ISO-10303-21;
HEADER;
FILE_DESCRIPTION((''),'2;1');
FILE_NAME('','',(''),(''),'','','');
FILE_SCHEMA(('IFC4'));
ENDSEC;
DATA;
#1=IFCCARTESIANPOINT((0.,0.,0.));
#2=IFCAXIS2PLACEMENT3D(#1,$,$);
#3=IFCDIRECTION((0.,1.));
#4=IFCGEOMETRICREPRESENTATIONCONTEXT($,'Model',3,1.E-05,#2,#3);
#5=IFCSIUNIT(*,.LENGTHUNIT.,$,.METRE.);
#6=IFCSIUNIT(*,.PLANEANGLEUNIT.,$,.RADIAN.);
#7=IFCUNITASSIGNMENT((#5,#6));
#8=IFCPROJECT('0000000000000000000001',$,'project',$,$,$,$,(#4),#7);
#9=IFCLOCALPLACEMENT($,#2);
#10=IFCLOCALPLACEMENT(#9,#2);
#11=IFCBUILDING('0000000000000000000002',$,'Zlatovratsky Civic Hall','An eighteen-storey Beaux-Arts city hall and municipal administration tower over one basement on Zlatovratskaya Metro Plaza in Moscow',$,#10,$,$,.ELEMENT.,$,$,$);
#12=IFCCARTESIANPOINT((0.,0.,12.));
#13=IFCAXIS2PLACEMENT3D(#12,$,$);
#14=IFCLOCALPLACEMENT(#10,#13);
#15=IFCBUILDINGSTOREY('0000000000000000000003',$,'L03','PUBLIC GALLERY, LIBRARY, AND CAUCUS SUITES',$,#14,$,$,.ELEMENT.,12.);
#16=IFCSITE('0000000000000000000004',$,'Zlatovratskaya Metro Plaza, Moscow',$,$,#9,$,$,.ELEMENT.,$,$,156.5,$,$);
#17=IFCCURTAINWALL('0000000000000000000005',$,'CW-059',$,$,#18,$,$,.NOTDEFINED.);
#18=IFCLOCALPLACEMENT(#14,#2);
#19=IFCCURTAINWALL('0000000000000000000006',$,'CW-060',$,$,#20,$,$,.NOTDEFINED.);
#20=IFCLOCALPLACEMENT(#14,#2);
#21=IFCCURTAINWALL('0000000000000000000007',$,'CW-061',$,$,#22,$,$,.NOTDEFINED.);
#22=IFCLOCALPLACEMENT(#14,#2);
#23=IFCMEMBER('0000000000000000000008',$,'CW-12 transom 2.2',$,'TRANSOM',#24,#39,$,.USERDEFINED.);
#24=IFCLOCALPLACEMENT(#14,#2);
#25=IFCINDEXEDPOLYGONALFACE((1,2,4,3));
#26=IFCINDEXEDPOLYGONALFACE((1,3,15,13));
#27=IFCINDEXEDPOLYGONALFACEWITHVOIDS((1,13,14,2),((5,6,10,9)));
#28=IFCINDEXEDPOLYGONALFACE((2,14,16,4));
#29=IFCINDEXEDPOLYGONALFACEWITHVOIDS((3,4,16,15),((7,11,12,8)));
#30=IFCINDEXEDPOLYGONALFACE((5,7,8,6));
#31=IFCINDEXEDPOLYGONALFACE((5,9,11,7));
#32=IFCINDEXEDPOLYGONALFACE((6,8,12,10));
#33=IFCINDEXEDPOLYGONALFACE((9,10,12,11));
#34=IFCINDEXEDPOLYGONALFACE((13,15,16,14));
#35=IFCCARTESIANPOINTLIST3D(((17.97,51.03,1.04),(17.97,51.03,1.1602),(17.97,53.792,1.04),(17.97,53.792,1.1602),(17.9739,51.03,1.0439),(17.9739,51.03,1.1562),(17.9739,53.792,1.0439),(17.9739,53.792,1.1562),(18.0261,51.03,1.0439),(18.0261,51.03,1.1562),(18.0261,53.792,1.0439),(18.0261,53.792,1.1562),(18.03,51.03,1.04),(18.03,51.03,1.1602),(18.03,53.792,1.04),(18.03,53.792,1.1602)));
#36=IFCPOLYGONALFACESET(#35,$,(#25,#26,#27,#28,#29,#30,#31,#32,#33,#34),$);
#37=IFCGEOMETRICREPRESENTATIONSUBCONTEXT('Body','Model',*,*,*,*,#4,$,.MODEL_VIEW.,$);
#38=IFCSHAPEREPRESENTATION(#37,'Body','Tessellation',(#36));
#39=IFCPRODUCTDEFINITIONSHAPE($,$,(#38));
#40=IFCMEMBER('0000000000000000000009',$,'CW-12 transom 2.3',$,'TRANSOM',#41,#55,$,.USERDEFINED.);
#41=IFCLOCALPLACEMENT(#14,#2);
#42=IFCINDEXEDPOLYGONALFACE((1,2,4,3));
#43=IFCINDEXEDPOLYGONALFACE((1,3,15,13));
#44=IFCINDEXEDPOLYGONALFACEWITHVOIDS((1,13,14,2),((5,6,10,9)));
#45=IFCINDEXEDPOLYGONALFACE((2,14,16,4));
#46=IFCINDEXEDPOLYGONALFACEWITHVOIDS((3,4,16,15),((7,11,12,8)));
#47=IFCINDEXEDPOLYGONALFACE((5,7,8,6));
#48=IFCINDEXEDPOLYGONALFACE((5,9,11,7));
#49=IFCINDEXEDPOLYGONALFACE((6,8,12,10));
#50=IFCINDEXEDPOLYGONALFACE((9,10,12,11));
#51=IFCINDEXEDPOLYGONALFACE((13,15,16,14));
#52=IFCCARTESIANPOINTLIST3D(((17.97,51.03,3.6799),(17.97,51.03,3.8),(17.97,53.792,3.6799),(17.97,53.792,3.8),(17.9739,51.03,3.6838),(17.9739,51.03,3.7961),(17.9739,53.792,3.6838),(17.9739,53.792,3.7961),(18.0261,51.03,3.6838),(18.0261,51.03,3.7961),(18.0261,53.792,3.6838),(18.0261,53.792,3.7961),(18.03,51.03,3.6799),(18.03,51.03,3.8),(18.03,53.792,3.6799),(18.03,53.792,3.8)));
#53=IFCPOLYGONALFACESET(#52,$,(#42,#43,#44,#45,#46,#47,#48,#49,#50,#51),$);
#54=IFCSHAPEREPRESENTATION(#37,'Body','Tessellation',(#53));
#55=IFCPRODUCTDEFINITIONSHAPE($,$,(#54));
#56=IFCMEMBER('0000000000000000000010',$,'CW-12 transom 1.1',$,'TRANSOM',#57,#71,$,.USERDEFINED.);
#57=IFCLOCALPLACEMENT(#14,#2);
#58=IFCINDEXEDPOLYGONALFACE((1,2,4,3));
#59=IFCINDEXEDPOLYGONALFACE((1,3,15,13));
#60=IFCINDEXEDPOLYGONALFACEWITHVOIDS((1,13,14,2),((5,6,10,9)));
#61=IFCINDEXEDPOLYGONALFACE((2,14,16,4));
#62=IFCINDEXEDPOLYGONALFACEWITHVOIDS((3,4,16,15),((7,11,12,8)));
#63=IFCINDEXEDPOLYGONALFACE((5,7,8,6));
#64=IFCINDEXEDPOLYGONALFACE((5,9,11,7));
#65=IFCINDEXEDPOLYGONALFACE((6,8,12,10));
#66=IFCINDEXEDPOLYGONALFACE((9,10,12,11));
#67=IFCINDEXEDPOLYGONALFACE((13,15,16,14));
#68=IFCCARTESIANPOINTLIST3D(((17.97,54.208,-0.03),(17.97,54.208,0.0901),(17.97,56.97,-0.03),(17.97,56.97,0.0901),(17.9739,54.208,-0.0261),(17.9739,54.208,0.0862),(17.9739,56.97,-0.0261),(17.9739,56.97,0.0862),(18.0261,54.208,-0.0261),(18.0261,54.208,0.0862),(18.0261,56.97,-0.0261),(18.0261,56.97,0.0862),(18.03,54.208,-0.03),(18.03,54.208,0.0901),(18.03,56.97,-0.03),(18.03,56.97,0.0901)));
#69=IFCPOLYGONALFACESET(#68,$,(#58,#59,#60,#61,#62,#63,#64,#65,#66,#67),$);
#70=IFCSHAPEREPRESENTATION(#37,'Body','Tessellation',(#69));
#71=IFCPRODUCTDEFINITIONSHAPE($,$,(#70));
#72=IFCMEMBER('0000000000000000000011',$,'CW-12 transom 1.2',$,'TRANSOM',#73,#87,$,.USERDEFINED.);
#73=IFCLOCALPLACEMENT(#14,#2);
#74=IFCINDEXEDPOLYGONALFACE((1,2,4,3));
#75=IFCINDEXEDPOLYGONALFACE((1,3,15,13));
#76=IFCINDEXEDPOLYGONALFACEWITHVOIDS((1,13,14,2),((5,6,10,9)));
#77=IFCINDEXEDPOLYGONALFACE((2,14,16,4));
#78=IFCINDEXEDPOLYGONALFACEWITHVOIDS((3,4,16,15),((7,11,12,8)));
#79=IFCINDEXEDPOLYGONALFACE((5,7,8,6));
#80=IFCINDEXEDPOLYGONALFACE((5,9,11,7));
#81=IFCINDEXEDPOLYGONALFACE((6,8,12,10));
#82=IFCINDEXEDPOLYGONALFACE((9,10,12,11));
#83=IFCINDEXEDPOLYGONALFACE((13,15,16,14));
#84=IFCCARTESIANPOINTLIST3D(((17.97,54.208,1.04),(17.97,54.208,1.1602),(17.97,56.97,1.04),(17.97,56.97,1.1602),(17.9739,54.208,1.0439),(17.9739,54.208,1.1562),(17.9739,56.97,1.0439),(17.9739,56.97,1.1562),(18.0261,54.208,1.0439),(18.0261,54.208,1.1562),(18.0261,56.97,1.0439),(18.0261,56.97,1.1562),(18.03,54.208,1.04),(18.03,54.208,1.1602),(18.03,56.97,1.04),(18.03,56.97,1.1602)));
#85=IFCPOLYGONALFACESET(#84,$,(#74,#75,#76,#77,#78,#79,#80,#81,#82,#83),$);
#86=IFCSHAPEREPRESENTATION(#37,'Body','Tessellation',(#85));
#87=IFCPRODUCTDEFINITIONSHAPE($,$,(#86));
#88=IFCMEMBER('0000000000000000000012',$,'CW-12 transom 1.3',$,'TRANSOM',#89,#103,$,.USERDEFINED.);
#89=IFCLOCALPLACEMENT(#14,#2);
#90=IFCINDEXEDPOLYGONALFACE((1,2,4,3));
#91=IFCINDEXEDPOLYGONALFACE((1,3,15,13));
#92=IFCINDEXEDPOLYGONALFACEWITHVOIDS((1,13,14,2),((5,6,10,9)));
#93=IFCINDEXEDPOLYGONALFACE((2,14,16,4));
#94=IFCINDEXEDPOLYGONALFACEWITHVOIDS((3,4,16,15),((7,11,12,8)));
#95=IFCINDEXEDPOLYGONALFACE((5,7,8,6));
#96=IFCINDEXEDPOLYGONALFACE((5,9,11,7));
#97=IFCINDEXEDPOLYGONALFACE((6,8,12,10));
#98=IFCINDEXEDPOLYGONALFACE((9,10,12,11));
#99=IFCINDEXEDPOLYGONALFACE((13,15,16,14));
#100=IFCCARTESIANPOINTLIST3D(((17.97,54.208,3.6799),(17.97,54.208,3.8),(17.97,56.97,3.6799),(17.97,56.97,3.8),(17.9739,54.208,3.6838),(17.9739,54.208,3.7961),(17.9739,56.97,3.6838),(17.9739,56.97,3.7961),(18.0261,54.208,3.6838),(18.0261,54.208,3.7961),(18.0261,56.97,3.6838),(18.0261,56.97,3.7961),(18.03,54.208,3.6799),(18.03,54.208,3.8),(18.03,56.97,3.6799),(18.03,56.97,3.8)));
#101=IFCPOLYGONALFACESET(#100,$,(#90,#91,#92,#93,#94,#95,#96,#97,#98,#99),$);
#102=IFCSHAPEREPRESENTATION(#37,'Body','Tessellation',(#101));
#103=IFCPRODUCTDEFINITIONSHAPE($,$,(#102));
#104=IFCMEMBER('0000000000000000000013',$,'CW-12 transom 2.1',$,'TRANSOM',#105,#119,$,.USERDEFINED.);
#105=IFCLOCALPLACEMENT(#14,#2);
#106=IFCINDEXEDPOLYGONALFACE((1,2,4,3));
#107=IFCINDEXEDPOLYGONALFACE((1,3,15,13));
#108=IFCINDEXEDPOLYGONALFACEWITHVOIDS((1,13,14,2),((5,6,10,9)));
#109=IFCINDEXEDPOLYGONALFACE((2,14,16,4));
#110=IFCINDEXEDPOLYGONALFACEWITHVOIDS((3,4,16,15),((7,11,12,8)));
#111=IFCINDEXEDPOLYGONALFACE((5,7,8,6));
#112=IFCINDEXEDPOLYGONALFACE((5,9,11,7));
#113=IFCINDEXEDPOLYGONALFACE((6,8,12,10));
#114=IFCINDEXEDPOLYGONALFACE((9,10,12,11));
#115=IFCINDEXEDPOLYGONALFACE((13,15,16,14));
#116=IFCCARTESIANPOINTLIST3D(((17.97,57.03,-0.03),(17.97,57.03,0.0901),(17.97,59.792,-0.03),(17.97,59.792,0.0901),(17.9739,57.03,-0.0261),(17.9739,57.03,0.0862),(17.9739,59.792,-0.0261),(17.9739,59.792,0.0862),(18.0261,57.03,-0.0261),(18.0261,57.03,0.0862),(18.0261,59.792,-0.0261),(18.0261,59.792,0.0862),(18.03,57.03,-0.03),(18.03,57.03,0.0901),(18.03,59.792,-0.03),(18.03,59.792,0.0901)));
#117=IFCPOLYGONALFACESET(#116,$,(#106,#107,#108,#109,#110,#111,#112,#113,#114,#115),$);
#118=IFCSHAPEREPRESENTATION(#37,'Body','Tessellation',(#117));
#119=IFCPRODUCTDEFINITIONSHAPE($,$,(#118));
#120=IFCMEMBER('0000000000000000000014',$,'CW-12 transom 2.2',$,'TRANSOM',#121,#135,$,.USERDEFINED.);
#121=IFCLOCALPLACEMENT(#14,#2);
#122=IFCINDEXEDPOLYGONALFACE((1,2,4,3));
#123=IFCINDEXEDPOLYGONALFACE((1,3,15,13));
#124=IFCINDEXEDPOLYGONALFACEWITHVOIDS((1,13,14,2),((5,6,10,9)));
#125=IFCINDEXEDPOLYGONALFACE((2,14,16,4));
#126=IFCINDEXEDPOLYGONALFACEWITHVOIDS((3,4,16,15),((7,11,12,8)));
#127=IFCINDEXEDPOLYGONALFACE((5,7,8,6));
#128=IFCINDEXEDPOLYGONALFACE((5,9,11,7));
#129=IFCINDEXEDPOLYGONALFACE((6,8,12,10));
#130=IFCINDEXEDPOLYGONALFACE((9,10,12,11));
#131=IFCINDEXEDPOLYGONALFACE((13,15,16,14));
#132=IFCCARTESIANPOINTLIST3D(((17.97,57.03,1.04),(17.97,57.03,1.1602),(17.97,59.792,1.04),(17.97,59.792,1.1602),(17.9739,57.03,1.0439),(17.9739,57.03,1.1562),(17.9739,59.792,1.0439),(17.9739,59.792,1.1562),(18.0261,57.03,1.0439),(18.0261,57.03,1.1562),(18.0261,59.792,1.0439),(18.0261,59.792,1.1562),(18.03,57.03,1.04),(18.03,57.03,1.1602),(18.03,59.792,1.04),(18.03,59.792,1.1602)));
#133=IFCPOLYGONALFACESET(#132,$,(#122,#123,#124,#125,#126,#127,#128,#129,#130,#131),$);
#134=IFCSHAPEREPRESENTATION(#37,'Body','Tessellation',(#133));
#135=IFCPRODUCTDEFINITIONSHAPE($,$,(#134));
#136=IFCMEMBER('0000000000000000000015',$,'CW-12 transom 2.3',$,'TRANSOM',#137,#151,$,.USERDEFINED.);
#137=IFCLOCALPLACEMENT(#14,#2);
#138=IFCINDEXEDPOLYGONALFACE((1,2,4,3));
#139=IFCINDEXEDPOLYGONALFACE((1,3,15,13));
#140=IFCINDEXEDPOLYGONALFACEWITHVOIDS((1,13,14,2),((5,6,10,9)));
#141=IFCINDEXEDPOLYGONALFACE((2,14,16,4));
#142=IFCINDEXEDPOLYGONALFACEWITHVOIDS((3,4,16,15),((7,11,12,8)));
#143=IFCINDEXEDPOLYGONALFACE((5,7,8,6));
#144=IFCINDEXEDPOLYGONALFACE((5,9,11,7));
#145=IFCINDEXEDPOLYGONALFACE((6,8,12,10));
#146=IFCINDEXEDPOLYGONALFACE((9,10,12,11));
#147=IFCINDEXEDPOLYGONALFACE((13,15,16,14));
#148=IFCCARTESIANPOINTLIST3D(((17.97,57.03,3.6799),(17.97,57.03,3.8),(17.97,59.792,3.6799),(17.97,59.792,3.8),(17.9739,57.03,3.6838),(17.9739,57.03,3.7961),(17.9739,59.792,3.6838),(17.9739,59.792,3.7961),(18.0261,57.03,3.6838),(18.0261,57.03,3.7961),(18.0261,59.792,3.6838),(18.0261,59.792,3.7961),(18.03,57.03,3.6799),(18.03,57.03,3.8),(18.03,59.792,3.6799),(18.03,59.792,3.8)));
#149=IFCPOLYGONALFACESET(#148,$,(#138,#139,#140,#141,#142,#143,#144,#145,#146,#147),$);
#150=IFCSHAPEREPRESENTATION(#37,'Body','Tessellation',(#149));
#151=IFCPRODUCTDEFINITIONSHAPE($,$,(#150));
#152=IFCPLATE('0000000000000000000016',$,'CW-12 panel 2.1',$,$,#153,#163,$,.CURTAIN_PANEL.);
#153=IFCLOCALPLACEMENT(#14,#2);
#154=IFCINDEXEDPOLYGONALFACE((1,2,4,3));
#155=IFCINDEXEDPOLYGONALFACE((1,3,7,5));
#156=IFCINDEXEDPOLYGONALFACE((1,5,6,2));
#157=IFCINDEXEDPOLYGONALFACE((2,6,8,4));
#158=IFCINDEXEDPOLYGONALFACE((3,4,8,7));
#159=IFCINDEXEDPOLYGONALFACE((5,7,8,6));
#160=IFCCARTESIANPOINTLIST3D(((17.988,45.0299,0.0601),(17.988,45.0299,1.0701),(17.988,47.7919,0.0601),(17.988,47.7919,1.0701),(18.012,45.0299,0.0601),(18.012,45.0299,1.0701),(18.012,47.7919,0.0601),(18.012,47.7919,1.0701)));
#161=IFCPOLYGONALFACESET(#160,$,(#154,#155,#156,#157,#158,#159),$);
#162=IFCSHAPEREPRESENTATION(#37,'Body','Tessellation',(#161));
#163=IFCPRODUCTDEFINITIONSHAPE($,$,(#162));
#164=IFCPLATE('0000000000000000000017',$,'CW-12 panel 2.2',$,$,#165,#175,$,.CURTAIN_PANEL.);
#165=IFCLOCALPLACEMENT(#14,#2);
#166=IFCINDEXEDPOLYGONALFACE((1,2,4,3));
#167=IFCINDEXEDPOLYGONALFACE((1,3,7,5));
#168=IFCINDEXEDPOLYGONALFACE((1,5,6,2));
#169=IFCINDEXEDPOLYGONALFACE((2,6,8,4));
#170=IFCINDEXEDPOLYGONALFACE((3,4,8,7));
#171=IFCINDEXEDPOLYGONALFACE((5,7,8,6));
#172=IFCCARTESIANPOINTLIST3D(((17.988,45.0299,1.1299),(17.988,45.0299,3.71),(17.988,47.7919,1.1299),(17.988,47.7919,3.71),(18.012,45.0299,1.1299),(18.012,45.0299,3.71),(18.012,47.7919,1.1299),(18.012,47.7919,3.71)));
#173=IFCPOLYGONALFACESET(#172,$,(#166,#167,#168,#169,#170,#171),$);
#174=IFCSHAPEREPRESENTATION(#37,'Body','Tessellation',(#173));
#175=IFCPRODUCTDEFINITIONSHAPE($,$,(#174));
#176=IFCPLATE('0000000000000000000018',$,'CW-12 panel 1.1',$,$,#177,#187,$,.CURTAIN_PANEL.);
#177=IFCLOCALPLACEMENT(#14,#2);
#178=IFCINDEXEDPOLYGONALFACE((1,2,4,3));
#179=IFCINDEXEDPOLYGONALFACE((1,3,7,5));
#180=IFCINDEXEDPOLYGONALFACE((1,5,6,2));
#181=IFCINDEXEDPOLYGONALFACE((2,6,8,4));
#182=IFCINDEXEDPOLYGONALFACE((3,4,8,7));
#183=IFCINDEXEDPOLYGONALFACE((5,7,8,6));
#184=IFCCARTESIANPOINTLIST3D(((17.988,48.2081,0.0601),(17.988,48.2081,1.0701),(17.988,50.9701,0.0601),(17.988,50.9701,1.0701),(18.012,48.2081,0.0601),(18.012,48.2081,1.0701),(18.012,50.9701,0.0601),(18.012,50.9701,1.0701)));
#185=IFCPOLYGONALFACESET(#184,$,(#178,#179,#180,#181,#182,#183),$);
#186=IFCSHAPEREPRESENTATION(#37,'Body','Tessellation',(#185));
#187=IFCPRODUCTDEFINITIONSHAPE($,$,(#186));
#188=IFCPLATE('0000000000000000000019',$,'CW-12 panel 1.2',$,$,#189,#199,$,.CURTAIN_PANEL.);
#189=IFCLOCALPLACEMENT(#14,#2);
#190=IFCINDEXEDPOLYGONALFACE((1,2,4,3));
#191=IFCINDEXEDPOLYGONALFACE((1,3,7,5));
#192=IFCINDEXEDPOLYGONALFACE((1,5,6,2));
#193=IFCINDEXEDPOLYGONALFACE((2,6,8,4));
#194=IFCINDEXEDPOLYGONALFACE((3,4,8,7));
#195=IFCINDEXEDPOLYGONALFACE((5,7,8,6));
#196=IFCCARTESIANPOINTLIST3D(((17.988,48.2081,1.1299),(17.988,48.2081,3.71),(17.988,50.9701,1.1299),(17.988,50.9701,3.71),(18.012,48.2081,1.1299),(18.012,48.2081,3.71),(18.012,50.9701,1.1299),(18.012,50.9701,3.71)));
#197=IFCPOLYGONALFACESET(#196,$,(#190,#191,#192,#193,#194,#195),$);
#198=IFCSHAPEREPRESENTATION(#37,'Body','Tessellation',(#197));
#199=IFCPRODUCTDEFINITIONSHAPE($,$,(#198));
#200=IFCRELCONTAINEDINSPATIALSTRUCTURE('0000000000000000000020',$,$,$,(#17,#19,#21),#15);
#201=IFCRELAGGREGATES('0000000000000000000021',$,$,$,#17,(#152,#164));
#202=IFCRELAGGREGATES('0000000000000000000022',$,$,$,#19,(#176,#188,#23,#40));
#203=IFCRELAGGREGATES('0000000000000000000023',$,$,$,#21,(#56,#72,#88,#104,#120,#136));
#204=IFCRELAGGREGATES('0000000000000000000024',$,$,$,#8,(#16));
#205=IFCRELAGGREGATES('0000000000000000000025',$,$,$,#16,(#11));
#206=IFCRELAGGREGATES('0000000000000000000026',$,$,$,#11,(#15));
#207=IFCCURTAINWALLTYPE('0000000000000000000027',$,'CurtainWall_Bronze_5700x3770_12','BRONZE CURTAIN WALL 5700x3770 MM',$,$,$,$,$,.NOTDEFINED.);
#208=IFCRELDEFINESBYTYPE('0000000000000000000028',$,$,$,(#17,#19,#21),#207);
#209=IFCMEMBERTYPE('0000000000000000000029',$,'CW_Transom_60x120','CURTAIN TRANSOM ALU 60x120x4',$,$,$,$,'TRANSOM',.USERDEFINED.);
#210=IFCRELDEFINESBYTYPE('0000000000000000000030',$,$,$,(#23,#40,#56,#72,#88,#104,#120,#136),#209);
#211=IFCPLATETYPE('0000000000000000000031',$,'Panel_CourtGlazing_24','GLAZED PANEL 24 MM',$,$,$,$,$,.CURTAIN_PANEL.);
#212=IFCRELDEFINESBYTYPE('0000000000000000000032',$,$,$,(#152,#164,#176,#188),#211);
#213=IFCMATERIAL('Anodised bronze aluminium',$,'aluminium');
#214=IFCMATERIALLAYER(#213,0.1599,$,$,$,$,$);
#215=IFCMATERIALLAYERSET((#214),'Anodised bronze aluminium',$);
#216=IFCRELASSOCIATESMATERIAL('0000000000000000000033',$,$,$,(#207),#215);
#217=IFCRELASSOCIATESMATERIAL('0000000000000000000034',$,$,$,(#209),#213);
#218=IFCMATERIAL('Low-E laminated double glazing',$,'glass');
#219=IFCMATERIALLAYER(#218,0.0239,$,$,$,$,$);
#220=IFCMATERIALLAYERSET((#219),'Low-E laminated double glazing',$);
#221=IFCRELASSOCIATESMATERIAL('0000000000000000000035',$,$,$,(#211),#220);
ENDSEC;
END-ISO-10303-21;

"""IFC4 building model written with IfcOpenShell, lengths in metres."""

from ifc_helpers import new_model, si_unit, direction, frame, origin, origin_2d, place, context, subcontext, project, spatial, rectangle, hollow_rectangle, extrude, material, layer, layer_set, material_profile, profile_set, type_object, element, aggregate, save


model = new_model("IFC4")

# Units and contexts
model_context = context("Model", 3, precision=1e-05, world=origin(), true_north=direction((0.0, 1.0)))
body_context = subcontext(model_context, "Body", "Model", "MODEL_VIEW")
ifc_project = project(units=[si_unit("LENGTHUNIT", "METRE"), si_unit("PLANEANGLEUNIT", "RADIAN")], contexts=[model_context])

# Site, building, storey
site_placement = place(None, origin())
site = spatial("IfcSite", under=ifc_project, at=site_placement, Name="Zlatovratskaya Metro Plaza, Moscow", CompositionType="ELEMENT", RefElevation=156.5)
building_placement = place(site_placement, origin())
building = spatial("IfcBuilding", under=site, at=building_placement, Name="Zlatovratsky Civic Hall", Description="An eighteen-storey Beaux-Arts city hall and municipal administration tower over one basement on Zlatovratskaya Metro Plaza in Moscow", CompositionType="ELEMENT")
storey_placement = place(building_placement, frame((0.0, 0.0, 12.0)))
storey = spatial("IfcBuildingStorey", under=building, at=storey_placement, Name="L03", Description="PUBLIC GALLERY, LIBRARY, AND CAUCUS SUITES", CompositionType="ELEMENT", Elevation=12.0)

# Curtain wall
ifc_material_1 = material(Name="Anodised bronze aluminium", Category="aluminium")
ifc_layer_1 = layer(ifc_material_1, 0.1599)
ifc_layer_set_1 = layer_set([ifc_layer_1], Name="Anodised bronze aluminium")
curtain_wall_type = type_object("IfcCurtainWallType", Name="CurtainWall_Bronze_5700x3770_12", Description="BRONZE CURTAIN WALL 5700x3770 MM", PredefinedType="NOTDEFINED", material=ifc_layer_set_1)
curtain_wall_1_placement = place(storey_placement, origin())
curtain_wall_1 = element("IfcCurtainWall", 1, at=curtain_wall_1_placement, inside=storey, type_object=curtain_wall_type, Name="CW-059", PredefinedType="NOTDEFINED")

# Curtain walls
curtain_wall_2_placement = place(storey_placement, origin())
curtain_wall_2 = element("IfcCurtainWall", 2, at=curtain_wall_2_placement, inside=storey, type_object=curtain_wall_type, Name="CW-060", PredefinedType="NOTDEFINED")
curtain_wall_3_placement = place(storey_placement, origin())
curtain_wall_3 = element("IfcCurtainWall", 3, at=curtain_wall_3_placement, inside=storey, type_object=curtain_wall_type, Name="CW-061", PredefinedType="NOTDEFINED")

# Members
ifc_material_profile_1 = material_profile(ifc_material_1, hollow_rectangle(XDim=0.0601, YDim=0.1201, WallThickness=0.0039, at=origin_2d()), Name="ALU 60x120x4")
ifc_profile_set_1 = profile_set([ifc_material_profile_1], Name="Anodised bronze aluminium")
member_type_1 = type_object("IfcMemberType", Name="CW_Transom_60x120", Description="CURTAIN TRANSOM ALU 60x120x4", ElementType="TRANSOM", PredefinedType="USERDEFINED", material=ifc_profile_set_1)
member_1_placement = place(storey_placement, frame((18.0, 51.03, 1.1001), z_axis=(0.0, 1.0, 0.0), x_axis=(-1.0, 0.0, 0.0)))
member_1 = element("IfcMember", 4, at=member_1_placement, type_object=member_type_1, Name="CW-12 transom 2.2", ObjectType="TRANSOM", PredefinedType="USERDEFINED", context=body_context, shape_type="SweptSolid", body=[
    extrude(hollow_rectangle(XDim=0.0601, YDim=0.1201, WallThickness=0.0039, at=origin_2d()), origin(), (0.0, 0.0, 1.0), 2.762),
])
member_2_placement = place(storey_placement, frame((18.0, 51.03, 3.74), z_axis=(0.0, 1.0, 0.0), x_axis=(-1.0, 0.0, 0.0)))
member_2 = element("IfcMember", 5, at=member_2_placement, type_object=member_type_1, Name="CW-12 transom 2.3", ObjectType="TRANSOM", PredefinedType="USERDEFINED", context=body_context, shape_type="SweptSolid", body=[
    extrude(hollow_rectangle(XDim=0.0601, YDim=0.1201, WallThickness=0.0039, at=origin_2d()), origin(), (0.0, 0.0, 1.0), 2.762),
])
member_3_placement = place(storey_placement, frame((18.0, 54.208, 0.03), z_axis=(0.0, 1.0, 0.0), x_axis=(-1.0, 0.0, 0.0)))
member_3 = element("IfcMember", 6, at=member_3_placement, type_object=member_type_1, Name="CW-12 transom 1.1", ObjectType="TRANSOM", PredefinedType="USERDEFINED", context=body_context, shape_type="SweptSolid", body=[
    extrude(hollow_rectangle(XDim=0.0601, YDim=0.1201, WallThickness=0.0039, at=origin_2d()), origin(), (0.0, 0.0, 1.0), 2.762),
])
member_4_placement = place(storey_placement, frame((18.0, 54.208, 1.1001), z_axis=(0.0, 1.0, 0.0), x_axis=(-1.0, 0.0, 0.0)))
member_4 = element("IfcMember", 7, at=member_4_placement, type_object=member_type_1, Name="CW-12 transom 1.2", ObjectType="TRANSOM", PredefinedType="USERDEFINED", context=body_context, shape_type="SweptSolid", body=[
    extrude(hollow_rectangle(XDim=0.0601, YDim=0.1201, WallThickness=0.0039, at=origin_2d()), origin(), (0.0, 0.0, 1.0), 2.762),
])
member_5_placement = place(storey_placement, frame((18.0, 54.208, 3.74), z_axis=(0.0, 1.0, 0.0), x_axis=(-1.0, 0.0, 0.0)))
member_5 = element("IfcMember", 8, at=member_5_placement, type_object=member_type_1, Name="CW-12 transom 1.3", ObjectType="TRANSOM", PredefinedType="USERDEFINED", context=body_context, shape_type="SweptSolid", body=[
    extrude(hollow_rectangle(XDim=0.0601, YDim=0.1201, WallThickness=0.0039, at=origin_2d()), origin(), (0.0, 0.0, 1.0), 2.762),
])
member_6_placement = place(storey_placement, frame((18.0, 57.03, 0.03), z_axis=(0.0, 1.0, 0.0), x_axis=(-1.0, 0.0, 0.0)))
member_6 = element("IfcMember", 9, at=member_6_placement, type_object=member_type_1, Name="CW-12 transom 2.1", ObjectType="TRANSOM", PredefinedType="USERDEFINED", context=body_context, shape_type="SweptSolid", body=[
    extrude(hollow_rectangle(XDim=0.0601, YDim=0.1201, WallThickness=0.0039, at=origin_2d()), origin(), (0.0, 0.0, 1.0), 2.762),
])
member_7_placement = place(storey_placement, frame((18.0, 57.03, 1.1001), z_axis=(0.0, 1.0, 0.0), x_axis=(-1.0, 0.0, 0.0)))
member_7 = element("IfcMember", 10, at=member_7_placement, type_object=member_type_1, Name="CW-12 transom 2.2", ObjectType="TRANSOM", PredefinedType="USERDEFINED", context=body_context, shape_type="SweptSolid", body=[
    extrude(hollow_rectangle(XDim=0.0601, YDim=0.1201, WallThickness=0.0039, at=origin_2d()), origin(), (0.0, 0.0, 1.0), 2.762),
])
member_8_placement = place(storey_placement, frame((18.0, 57.03, 3.74), z_axis=(0.0, 1.0, 0.0), x_axis=(-1.0, 0.0, 0.0)))
member_8 = element("IfcMember", 11, at=member_8_placement, type_object=member_type_1, Name="CW-12 transom 2.3", ObjectType="TRANSOM", PredefinedType="USERDEFINED", context=body_context, shape_type="SweptSolid", body=[
    extrude(hollow_rectangle(XDim=0.0601, YDim=0.1201, WallThickness=0.0039, at=origin_2d()), origin(), (0.0, 0.0, 1.0), 2.762),
])

# Plates
ifc_material_2 = material(Name="Low-E laminated double glazing", Category="glass")
ifc_layer_2 = layer(ifc_material_2, 0.0239)
ifc_layer_set_2 = layer_set([ifc_layer_2], Name="Low-E laminated double glazing")
plate_type = type_object("IfcPlateType", Name="Panel_CourtGlazing_24", Description="GLAZED PANEL 24 MM", PredefinedType="CURTAIN_PANEL", material=ifc_layer_set_2)
plate_1_placement = place(storey_placement, frame((18.0, 46.4109, 0.0601), z_axis=(0.0, 0.0, 1.0), x_axis=(0.0, 1.0, 0.0)))
plate_1 = element("IfcPlate", 12, at=plate_1_placement, type_object=plate_type, Name="CW-12 panel 2.1", PredefinedType="CURTAIN_PANEL", context=body_context, shape_type="SweptSolid", body=[
    extrude(rectangle(XDim=2.762, YDim=0.0239, at=origin_2d()), origin(), (0.0, 0.0, 1.0), 1.01),
])
plate_2_placement = place(storey_placement, frame((18.0, 46.4109, 1.1299), z_axis=(0.0, 0.0, 1.0), x_axis=(0.0, 1.0, 0.0)))
plate_2 = element("IfcPlate", 13, at=plate_2_placement, type_object=plate_type, Name="CW-12 panel 2.2", PredefinedType="CURTAIN_PANEL", context=body_context, shape_type="SweptSolid", body=[
    extrude(rectangle(XDim=2.762, YDim=0.0239, at=origin_2d()), origin(), (0.0, 0.0, 1.0), 2.5801),
])
aggregate(curtain_wall_1, [plate_1, plate_2])
plate_3_placement = place(storey_placement, frame((18.0, 49.5891, 0.0601), z_axis=(0.0, 0.0, 1.0), x_axis=(0.0, 1.0, 0.0)))
plate_3 = element("IfcPlate", 14, at=plate_3_placement, type_object=plate_type, Name="CW-12 panel 1.1", PredefinedType="CURTAIN_PANEL", context=body_context, shape_type="SweptSolid", body=[
    extrude(rectangle(XDim=2.762, YDim=0.0239, at=origin_2d()), origin(), (0.0, 0.0, 1.0), 1.01),
])
plate_4_placement = place(storey_placement, frame((18.0, 49.5891, 1.1299), z_axis=(0.0, 0.0, 1.0), x_axis=(0.0, 1.0, 0.0)))
plate_4 = element("IfcPlate", 15, at=plate_4_placement, type_object=plate_type, Name="CW-12 panel 1.2", PredefinedType="CURTAIN_PANEL", context=body_context, shape_type="SweptSolid", body=[
    extrude(rectangle(XDim=2.762, YDim=0.0239, at=origin_2d()), origin(), (0.0, 0.0, 1.0), 2.5801),
])
aggregate(curtain_wall_2, [plate_3, plate_4, member_1, member_2])
aggregate(curtain_wall_3, [member_3, member_4, member_5, member_6, member_7, member_8])

save(model, "model.ifc")
